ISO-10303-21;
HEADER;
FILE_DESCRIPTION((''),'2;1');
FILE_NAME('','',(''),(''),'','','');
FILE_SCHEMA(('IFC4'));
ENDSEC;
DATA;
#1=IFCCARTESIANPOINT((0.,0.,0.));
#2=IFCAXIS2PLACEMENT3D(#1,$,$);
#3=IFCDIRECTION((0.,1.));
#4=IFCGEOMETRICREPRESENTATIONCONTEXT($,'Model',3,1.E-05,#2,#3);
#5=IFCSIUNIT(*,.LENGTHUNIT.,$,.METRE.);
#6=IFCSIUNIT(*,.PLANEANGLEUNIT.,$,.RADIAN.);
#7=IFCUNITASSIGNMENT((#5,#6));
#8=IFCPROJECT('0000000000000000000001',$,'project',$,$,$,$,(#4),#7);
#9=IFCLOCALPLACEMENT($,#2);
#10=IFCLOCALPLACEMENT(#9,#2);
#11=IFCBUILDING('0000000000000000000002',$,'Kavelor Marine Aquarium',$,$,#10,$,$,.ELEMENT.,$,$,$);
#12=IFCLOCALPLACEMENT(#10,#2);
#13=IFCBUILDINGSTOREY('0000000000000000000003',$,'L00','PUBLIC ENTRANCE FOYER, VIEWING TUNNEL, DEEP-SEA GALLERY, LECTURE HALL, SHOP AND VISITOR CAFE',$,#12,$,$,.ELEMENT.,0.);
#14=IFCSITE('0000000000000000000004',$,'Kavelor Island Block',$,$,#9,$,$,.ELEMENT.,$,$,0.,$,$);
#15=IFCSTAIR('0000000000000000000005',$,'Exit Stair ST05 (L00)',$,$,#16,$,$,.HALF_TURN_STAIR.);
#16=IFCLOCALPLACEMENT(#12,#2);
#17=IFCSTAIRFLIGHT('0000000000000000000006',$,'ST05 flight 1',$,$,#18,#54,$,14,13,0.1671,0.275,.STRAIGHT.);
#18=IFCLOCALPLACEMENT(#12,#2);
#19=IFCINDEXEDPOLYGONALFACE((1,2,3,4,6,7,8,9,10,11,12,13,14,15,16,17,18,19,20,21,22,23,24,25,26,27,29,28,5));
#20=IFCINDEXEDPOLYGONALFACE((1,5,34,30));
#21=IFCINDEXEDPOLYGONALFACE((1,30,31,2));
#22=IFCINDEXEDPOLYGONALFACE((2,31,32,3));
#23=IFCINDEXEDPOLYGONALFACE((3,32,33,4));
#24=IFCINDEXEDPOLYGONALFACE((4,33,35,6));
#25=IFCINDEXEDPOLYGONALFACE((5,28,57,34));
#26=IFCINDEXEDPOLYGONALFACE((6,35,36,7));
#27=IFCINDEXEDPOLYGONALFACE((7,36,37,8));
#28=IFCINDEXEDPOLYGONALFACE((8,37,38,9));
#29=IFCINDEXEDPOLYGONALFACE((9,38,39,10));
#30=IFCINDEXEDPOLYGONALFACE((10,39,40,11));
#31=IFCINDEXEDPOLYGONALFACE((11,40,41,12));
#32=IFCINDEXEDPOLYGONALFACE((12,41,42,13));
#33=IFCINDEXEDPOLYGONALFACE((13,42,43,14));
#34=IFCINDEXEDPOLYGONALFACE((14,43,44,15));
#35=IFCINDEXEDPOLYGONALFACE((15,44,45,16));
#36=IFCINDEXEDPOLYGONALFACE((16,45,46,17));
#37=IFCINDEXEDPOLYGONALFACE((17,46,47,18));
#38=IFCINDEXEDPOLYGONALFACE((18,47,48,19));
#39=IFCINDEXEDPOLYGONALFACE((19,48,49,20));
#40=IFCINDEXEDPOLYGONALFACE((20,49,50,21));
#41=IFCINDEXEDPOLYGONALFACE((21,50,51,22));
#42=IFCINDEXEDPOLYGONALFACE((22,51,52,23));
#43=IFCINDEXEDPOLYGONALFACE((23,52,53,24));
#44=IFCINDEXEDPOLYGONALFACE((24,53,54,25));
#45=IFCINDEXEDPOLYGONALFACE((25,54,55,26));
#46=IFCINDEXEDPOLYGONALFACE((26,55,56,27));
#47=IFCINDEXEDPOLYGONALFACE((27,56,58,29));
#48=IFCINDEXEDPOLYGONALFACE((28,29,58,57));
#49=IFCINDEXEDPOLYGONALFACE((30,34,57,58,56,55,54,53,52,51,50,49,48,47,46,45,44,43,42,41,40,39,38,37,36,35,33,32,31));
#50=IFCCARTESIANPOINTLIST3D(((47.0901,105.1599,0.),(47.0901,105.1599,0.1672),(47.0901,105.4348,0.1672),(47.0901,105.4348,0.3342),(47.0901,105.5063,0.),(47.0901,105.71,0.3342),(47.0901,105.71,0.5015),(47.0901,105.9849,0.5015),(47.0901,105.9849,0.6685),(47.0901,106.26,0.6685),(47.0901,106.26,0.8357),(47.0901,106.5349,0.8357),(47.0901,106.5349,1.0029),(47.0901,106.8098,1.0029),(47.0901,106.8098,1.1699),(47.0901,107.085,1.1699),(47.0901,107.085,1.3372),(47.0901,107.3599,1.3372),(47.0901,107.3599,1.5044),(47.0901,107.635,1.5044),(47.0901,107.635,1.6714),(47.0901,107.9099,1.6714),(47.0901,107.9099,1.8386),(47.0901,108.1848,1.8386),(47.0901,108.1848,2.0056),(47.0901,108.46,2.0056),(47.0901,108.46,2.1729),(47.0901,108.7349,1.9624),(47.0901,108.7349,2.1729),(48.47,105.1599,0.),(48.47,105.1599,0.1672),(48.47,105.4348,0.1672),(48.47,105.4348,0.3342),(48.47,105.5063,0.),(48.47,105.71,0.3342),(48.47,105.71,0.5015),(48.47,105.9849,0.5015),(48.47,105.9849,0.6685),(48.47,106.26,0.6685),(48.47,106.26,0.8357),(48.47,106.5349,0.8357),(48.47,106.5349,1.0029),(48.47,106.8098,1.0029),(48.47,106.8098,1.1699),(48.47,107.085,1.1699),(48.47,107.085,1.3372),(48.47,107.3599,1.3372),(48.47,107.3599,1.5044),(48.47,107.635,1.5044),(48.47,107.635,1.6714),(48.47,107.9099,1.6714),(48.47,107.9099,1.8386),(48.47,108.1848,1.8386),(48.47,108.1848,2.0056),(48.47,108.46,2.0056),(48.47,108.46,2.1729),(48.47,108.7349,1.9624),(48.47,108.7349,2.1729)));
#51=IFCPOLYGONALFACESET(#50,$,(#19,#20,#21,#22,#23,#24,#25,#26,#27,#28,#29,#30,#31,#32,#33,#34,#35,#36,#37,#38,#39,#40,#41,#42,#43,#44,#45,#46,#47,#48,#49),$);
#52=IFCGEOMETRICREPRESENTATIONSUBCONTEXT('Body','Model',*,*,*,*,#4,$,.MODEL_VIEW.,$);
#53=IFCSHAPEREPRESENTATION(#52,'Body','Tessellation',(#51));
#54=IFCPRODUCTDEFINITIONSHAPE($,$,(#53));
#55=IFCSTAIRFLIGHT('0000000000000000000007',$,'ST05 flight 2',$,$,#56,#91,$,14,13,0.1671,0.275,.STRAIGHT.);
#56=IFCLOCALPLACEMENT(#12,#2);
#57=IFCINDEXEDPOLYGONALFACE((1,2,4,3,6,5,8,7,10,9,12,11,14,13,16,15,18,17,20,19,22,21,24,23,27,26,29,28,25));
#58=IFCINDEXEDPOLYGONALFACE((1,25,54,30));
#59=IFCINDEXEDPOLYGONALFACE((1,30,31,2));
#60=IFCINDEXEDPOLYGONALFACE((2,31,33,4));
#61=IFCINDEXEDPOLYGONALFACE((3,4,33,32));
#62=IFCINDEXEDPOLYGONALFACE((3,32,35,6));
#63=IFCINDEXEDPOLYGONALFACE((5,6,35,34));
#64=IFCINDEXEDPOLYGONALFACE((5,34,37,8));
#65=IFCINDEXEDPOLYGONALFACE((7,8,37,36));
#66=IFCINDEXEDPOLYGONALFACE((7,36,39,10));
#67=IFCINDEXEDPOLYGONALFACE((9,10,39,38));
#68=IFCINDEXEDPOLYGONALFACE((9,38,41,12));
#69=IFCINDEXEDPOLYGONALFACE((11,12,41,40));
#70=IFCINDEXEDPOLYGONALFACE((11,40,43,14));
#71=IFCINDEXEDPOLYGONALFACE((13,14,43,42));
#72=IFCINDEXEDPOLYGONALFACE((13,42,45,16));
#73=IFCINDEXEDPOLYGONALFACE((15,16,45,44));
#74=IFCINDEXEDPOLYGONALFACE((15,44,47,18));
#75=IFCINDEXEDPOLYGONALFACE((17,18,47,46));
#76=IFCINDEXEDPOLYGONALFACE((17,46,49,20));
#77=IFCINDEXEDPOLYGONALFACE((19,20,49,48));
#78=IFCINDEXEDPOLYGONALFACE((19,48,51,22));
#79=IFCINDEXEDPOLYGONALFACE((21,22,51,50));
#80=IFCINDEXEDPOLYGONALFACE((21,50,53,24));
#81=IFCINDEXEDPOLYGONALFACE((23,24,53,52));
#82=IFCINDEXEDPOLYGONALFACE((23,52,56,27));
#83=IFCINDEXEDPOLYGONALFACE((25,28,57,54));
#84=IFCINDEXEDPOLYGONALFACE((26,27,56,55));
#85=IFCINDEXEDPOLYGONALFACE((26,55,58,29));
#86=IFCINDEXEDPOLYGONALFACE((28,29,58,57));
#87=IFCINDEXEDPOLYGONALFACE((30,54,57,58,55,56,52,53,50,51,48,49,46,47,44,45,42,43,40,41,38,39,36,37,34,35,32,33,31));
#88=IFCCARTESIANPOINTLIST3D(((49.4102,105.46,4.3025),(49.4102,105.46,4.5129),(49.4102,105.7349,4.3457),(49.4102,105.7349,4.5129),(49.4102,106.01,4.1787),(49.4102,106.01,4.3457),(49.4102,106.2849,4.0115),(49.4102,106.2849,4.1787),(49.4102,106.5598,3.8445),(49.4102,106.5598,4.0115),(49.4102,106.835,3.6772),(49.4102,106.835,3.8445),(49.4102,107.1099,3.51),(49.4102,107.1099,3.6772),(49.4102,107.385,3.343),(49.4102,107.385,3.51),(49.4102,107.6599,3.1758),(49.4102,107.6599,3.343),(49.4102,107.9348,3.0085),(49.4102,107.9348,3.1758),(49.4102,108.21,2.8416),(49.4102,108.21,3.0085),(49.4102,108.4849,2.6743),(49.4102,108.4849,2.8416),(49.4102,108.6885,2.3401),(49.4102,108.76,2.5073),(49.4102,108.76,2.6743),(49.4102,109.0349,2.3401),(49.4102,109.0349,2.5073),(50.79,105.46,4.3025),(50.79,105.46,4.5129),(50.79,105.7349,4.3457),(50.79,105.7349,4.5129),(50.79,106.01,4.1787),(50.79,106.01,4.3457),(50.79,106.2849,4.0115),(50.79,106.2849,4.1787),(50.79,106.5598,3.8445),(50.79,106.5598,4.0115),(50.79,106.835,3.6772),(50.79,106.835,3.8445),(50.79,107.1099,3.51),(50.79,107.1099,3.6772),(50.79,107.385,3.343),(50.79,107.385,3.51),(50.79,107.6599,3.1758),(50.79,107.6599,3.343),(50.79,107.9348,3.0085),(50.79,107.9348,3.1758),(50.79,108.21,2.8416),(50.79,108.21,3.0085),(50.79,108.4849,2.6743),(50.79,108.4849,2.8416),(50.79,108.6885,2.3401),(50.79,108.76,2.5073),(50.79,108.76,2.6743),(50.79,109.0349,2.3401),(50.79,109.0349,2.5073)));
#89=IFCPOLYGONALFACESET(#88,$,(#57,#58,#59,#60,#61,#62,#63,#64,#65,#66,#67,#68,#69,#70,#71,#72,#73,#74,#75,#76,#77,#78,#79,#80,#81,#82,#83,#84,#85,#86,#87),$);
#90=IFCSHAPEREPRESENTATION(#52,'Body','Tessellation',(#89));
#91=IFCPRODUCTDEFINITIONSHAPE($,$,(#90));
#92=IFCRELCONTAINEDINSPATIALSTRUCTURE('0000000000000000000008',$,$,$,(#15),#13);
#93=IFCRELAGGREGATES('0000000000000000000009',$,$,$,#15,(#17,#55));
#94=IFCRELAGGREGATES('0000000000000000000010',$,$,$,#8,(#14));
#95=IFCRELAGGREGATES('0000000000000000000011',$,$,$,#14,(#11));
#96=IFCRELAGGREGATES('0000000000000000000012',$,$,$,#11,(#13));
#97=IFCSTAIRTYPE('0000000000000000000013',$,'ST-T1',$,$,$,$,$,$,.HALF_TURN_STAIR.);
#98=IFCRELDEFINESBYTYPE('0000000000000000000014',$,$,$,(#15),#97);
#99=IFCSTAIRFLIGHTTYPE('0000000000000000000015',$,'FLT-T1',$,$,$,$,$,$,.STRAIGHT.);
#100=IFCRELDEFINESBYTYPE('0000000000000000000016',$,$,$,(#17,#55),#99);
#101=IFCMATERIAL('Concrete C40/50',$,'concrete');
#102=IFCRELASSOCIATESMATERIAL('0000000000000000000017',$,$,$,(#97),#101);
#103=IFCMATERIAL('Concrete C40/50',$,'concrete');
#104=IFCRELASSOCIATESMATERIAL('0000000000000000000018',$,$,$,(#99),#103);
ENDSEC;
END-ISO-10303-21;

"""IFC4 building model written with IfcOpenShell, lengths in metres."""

from ifc_helpers import new_model, si_unit, direction, frame, origin, place, context, subcontext, project, spatial, polyline, outline, extrude, material, type_object, element, aggregate, save


model = new_model("IFC4")

# Units and contexts
model_context = context("Model", 3, precision=1e-05, world=origin(), true_north=direction((0.0, 1.0)))
body_context = subcontext(model_context, "Body", "Model", "MODEL_VIEW")
ifc_project = project(units=[si_unit("LENGTHUNIT", "METRE"), si_unit("PLANEANGLEUNIT", "RADIAN")], contexts=[model_context])

# Site, building, storey
site_placement = place(None, origin())
site = spatial("IfcSite", under=ifc_project, at=site_placement, Name="Kavelor Island Block", CompositionType="ELEMENT", RefElevation=0.0)
building_placement = place(site_placement, origin())
building = spatial("IfcBuilding", under=site, at=building_placement, Name="Kavelor Marine Aquarium", CompositionType="ELEMENT")
storey_placement = place(building_placement, origin())
storey = spatial("IfcBuildingStorey", under=building, at=storey_placement, Name="L00", Description="PUBLIC ENTRANCE FOYER, VIEWING TUNNEL, DEEP-SEA GALLERY, LECTURE HALL, SHOP AND VISITOR CAFE", CompositionType="ELEMENT", Elevation=0.0)

# Stair, stair flights
ifc_material_1 = material(Name="Concrete C40/50", Category="concrete")
stair_type = type_object("IfcStairType", Name="ST-T1", PredefinedType="HALF_TURN_STAIR", material=ifc_material_1)
stair_placement = place(storey_placement, origin())
stair = element("IfcStair", 1, at=stair_placement, inside=storey, type_object=stair_type, Name="Exit Stair ST05 (L00)", PredefinedType="HALF_TURN_STAIR")
ifc_material_2 = material(Name="Concrete C40/50", Category="concrete")
stair_flight_type = type_object("IfcStairFlightType", Name="FLT-T1", PredefinedType="STRAIGHT", material=ifc_material_2)
stair_flight_1_placement = place(storey_placement, frame((47.78, 105.1599, 0.0), z_axis=(0.0, 0.0, 1.0), x_axis=(0.0, 1.0, 0.0)))
stair_flight_1 = element("IfcStairFlight", 2, at=stair_flight_1_placement, type_object=stair_flight_type, Name="ST05 flight 1", NumberOfRisers=14, NumberOfTreads=13, PredefinedType="STRAIGHT", RiserHeight=0.1671, TreadLength=0.275, context=body_context, shape_type="SweptSolid", body=[
    extrude(outline(polyline([(0.0, 0.0), (0.0, 0.1672), (0.2749, 0.1672), (0.2749, 0.3342), (0.55, 0.3342), (0.55, 0.5015), (0.825, 0.5015), (0.825, 0.6685), (1.1001, 0.6685), (1.1001, 0.8357), (1.375, 0.8357), (1.375, 1.0029), (1.6499, 1.0029), (1.6499, 1.1699), (1.925, 1.1699), (1.925, 1.3372), (2.2, 1.3372), (2.2, 1.5044), (2.4751, 1.5044), (2.4751, 1.6714), (2.75, 1.6714), (2.75, 1.8386), (3.0249, 1.8386), (3.0249, 2.0056), (3.3, 2.0056), (3.3, 2.1729), (3.575, 2.1729), (3.575, 2.3401), (3.575, 1.9624), (0.3464, 0.0), (0.0, 0.0)])), frame((0.0, 0.6899, 0.0), z_axis=(0.0, -1.0, 0.0), x_axis=(1.0, 0.0, 0.0)), (0.0, 0.0, 1.0), 1.3799),
])
stair_flight_2_placement = place(storey_placement, frame((50.1001, 109.0349, 2.3401), z_axis=(0.0, 0.0, 1.0), x_axis=(0.0, -1.0, 0.0)))
stair_flight_2 = element("IfcStairFlight", 3, at=stair_flight_2_placement, type_object=stair_flight_type, Name="ST05 flight 2", NumberOfRisers=14, NumberOfTreads=13, PredefinedType="STRAIGHT", RiserHeight=0.1671, TreadLength=0.275, context=body_context, shape_type="SweptSolid", body=[
    extrude(outline(polyline([(0.0, 0.0), (0.0, 0.1672), (0.2749, 0.1672), (0.2749, 0.3342), (0.55, 0.3342), (0.55, 0.5015), (0.825, 0.5015), (0.825, 0.6685), (1.1001, 0.6685), (1.1001, 0.8357), (1.375, 0.8357), (1.375, 1.0029), (1.6499, 1.0029), (1.6499, 1.1699), (1.925, 1.1699), (1.925, 1.3372), (2.2, 1.3372), (2.2, 1.5044), (2.4751, 1.5044), (2.4751, 1.6714), (2.75, 1.6714), (2.75, 1.8386), (3.0249, 1.8386), (3.0249, 2.0056), (3.3, 2.0056), (3.3, 2.1729), (3.575, 2.1729), (3.575, 2.3401), (3.575, 1.9624), (0.3464, 0.0), (0.0, 0.0)])), frame((0.0, 0.6899, 0.0), z_axis=(0.0, -1.0, 0.0), x_axis=(1.0, 0.0, 0.0)), (0.0, 0.0, 1.0), 1.3799),
])
aggregate(stair, [stair_flight_1, stair_flight_2])

save(model, "model.ifc")
